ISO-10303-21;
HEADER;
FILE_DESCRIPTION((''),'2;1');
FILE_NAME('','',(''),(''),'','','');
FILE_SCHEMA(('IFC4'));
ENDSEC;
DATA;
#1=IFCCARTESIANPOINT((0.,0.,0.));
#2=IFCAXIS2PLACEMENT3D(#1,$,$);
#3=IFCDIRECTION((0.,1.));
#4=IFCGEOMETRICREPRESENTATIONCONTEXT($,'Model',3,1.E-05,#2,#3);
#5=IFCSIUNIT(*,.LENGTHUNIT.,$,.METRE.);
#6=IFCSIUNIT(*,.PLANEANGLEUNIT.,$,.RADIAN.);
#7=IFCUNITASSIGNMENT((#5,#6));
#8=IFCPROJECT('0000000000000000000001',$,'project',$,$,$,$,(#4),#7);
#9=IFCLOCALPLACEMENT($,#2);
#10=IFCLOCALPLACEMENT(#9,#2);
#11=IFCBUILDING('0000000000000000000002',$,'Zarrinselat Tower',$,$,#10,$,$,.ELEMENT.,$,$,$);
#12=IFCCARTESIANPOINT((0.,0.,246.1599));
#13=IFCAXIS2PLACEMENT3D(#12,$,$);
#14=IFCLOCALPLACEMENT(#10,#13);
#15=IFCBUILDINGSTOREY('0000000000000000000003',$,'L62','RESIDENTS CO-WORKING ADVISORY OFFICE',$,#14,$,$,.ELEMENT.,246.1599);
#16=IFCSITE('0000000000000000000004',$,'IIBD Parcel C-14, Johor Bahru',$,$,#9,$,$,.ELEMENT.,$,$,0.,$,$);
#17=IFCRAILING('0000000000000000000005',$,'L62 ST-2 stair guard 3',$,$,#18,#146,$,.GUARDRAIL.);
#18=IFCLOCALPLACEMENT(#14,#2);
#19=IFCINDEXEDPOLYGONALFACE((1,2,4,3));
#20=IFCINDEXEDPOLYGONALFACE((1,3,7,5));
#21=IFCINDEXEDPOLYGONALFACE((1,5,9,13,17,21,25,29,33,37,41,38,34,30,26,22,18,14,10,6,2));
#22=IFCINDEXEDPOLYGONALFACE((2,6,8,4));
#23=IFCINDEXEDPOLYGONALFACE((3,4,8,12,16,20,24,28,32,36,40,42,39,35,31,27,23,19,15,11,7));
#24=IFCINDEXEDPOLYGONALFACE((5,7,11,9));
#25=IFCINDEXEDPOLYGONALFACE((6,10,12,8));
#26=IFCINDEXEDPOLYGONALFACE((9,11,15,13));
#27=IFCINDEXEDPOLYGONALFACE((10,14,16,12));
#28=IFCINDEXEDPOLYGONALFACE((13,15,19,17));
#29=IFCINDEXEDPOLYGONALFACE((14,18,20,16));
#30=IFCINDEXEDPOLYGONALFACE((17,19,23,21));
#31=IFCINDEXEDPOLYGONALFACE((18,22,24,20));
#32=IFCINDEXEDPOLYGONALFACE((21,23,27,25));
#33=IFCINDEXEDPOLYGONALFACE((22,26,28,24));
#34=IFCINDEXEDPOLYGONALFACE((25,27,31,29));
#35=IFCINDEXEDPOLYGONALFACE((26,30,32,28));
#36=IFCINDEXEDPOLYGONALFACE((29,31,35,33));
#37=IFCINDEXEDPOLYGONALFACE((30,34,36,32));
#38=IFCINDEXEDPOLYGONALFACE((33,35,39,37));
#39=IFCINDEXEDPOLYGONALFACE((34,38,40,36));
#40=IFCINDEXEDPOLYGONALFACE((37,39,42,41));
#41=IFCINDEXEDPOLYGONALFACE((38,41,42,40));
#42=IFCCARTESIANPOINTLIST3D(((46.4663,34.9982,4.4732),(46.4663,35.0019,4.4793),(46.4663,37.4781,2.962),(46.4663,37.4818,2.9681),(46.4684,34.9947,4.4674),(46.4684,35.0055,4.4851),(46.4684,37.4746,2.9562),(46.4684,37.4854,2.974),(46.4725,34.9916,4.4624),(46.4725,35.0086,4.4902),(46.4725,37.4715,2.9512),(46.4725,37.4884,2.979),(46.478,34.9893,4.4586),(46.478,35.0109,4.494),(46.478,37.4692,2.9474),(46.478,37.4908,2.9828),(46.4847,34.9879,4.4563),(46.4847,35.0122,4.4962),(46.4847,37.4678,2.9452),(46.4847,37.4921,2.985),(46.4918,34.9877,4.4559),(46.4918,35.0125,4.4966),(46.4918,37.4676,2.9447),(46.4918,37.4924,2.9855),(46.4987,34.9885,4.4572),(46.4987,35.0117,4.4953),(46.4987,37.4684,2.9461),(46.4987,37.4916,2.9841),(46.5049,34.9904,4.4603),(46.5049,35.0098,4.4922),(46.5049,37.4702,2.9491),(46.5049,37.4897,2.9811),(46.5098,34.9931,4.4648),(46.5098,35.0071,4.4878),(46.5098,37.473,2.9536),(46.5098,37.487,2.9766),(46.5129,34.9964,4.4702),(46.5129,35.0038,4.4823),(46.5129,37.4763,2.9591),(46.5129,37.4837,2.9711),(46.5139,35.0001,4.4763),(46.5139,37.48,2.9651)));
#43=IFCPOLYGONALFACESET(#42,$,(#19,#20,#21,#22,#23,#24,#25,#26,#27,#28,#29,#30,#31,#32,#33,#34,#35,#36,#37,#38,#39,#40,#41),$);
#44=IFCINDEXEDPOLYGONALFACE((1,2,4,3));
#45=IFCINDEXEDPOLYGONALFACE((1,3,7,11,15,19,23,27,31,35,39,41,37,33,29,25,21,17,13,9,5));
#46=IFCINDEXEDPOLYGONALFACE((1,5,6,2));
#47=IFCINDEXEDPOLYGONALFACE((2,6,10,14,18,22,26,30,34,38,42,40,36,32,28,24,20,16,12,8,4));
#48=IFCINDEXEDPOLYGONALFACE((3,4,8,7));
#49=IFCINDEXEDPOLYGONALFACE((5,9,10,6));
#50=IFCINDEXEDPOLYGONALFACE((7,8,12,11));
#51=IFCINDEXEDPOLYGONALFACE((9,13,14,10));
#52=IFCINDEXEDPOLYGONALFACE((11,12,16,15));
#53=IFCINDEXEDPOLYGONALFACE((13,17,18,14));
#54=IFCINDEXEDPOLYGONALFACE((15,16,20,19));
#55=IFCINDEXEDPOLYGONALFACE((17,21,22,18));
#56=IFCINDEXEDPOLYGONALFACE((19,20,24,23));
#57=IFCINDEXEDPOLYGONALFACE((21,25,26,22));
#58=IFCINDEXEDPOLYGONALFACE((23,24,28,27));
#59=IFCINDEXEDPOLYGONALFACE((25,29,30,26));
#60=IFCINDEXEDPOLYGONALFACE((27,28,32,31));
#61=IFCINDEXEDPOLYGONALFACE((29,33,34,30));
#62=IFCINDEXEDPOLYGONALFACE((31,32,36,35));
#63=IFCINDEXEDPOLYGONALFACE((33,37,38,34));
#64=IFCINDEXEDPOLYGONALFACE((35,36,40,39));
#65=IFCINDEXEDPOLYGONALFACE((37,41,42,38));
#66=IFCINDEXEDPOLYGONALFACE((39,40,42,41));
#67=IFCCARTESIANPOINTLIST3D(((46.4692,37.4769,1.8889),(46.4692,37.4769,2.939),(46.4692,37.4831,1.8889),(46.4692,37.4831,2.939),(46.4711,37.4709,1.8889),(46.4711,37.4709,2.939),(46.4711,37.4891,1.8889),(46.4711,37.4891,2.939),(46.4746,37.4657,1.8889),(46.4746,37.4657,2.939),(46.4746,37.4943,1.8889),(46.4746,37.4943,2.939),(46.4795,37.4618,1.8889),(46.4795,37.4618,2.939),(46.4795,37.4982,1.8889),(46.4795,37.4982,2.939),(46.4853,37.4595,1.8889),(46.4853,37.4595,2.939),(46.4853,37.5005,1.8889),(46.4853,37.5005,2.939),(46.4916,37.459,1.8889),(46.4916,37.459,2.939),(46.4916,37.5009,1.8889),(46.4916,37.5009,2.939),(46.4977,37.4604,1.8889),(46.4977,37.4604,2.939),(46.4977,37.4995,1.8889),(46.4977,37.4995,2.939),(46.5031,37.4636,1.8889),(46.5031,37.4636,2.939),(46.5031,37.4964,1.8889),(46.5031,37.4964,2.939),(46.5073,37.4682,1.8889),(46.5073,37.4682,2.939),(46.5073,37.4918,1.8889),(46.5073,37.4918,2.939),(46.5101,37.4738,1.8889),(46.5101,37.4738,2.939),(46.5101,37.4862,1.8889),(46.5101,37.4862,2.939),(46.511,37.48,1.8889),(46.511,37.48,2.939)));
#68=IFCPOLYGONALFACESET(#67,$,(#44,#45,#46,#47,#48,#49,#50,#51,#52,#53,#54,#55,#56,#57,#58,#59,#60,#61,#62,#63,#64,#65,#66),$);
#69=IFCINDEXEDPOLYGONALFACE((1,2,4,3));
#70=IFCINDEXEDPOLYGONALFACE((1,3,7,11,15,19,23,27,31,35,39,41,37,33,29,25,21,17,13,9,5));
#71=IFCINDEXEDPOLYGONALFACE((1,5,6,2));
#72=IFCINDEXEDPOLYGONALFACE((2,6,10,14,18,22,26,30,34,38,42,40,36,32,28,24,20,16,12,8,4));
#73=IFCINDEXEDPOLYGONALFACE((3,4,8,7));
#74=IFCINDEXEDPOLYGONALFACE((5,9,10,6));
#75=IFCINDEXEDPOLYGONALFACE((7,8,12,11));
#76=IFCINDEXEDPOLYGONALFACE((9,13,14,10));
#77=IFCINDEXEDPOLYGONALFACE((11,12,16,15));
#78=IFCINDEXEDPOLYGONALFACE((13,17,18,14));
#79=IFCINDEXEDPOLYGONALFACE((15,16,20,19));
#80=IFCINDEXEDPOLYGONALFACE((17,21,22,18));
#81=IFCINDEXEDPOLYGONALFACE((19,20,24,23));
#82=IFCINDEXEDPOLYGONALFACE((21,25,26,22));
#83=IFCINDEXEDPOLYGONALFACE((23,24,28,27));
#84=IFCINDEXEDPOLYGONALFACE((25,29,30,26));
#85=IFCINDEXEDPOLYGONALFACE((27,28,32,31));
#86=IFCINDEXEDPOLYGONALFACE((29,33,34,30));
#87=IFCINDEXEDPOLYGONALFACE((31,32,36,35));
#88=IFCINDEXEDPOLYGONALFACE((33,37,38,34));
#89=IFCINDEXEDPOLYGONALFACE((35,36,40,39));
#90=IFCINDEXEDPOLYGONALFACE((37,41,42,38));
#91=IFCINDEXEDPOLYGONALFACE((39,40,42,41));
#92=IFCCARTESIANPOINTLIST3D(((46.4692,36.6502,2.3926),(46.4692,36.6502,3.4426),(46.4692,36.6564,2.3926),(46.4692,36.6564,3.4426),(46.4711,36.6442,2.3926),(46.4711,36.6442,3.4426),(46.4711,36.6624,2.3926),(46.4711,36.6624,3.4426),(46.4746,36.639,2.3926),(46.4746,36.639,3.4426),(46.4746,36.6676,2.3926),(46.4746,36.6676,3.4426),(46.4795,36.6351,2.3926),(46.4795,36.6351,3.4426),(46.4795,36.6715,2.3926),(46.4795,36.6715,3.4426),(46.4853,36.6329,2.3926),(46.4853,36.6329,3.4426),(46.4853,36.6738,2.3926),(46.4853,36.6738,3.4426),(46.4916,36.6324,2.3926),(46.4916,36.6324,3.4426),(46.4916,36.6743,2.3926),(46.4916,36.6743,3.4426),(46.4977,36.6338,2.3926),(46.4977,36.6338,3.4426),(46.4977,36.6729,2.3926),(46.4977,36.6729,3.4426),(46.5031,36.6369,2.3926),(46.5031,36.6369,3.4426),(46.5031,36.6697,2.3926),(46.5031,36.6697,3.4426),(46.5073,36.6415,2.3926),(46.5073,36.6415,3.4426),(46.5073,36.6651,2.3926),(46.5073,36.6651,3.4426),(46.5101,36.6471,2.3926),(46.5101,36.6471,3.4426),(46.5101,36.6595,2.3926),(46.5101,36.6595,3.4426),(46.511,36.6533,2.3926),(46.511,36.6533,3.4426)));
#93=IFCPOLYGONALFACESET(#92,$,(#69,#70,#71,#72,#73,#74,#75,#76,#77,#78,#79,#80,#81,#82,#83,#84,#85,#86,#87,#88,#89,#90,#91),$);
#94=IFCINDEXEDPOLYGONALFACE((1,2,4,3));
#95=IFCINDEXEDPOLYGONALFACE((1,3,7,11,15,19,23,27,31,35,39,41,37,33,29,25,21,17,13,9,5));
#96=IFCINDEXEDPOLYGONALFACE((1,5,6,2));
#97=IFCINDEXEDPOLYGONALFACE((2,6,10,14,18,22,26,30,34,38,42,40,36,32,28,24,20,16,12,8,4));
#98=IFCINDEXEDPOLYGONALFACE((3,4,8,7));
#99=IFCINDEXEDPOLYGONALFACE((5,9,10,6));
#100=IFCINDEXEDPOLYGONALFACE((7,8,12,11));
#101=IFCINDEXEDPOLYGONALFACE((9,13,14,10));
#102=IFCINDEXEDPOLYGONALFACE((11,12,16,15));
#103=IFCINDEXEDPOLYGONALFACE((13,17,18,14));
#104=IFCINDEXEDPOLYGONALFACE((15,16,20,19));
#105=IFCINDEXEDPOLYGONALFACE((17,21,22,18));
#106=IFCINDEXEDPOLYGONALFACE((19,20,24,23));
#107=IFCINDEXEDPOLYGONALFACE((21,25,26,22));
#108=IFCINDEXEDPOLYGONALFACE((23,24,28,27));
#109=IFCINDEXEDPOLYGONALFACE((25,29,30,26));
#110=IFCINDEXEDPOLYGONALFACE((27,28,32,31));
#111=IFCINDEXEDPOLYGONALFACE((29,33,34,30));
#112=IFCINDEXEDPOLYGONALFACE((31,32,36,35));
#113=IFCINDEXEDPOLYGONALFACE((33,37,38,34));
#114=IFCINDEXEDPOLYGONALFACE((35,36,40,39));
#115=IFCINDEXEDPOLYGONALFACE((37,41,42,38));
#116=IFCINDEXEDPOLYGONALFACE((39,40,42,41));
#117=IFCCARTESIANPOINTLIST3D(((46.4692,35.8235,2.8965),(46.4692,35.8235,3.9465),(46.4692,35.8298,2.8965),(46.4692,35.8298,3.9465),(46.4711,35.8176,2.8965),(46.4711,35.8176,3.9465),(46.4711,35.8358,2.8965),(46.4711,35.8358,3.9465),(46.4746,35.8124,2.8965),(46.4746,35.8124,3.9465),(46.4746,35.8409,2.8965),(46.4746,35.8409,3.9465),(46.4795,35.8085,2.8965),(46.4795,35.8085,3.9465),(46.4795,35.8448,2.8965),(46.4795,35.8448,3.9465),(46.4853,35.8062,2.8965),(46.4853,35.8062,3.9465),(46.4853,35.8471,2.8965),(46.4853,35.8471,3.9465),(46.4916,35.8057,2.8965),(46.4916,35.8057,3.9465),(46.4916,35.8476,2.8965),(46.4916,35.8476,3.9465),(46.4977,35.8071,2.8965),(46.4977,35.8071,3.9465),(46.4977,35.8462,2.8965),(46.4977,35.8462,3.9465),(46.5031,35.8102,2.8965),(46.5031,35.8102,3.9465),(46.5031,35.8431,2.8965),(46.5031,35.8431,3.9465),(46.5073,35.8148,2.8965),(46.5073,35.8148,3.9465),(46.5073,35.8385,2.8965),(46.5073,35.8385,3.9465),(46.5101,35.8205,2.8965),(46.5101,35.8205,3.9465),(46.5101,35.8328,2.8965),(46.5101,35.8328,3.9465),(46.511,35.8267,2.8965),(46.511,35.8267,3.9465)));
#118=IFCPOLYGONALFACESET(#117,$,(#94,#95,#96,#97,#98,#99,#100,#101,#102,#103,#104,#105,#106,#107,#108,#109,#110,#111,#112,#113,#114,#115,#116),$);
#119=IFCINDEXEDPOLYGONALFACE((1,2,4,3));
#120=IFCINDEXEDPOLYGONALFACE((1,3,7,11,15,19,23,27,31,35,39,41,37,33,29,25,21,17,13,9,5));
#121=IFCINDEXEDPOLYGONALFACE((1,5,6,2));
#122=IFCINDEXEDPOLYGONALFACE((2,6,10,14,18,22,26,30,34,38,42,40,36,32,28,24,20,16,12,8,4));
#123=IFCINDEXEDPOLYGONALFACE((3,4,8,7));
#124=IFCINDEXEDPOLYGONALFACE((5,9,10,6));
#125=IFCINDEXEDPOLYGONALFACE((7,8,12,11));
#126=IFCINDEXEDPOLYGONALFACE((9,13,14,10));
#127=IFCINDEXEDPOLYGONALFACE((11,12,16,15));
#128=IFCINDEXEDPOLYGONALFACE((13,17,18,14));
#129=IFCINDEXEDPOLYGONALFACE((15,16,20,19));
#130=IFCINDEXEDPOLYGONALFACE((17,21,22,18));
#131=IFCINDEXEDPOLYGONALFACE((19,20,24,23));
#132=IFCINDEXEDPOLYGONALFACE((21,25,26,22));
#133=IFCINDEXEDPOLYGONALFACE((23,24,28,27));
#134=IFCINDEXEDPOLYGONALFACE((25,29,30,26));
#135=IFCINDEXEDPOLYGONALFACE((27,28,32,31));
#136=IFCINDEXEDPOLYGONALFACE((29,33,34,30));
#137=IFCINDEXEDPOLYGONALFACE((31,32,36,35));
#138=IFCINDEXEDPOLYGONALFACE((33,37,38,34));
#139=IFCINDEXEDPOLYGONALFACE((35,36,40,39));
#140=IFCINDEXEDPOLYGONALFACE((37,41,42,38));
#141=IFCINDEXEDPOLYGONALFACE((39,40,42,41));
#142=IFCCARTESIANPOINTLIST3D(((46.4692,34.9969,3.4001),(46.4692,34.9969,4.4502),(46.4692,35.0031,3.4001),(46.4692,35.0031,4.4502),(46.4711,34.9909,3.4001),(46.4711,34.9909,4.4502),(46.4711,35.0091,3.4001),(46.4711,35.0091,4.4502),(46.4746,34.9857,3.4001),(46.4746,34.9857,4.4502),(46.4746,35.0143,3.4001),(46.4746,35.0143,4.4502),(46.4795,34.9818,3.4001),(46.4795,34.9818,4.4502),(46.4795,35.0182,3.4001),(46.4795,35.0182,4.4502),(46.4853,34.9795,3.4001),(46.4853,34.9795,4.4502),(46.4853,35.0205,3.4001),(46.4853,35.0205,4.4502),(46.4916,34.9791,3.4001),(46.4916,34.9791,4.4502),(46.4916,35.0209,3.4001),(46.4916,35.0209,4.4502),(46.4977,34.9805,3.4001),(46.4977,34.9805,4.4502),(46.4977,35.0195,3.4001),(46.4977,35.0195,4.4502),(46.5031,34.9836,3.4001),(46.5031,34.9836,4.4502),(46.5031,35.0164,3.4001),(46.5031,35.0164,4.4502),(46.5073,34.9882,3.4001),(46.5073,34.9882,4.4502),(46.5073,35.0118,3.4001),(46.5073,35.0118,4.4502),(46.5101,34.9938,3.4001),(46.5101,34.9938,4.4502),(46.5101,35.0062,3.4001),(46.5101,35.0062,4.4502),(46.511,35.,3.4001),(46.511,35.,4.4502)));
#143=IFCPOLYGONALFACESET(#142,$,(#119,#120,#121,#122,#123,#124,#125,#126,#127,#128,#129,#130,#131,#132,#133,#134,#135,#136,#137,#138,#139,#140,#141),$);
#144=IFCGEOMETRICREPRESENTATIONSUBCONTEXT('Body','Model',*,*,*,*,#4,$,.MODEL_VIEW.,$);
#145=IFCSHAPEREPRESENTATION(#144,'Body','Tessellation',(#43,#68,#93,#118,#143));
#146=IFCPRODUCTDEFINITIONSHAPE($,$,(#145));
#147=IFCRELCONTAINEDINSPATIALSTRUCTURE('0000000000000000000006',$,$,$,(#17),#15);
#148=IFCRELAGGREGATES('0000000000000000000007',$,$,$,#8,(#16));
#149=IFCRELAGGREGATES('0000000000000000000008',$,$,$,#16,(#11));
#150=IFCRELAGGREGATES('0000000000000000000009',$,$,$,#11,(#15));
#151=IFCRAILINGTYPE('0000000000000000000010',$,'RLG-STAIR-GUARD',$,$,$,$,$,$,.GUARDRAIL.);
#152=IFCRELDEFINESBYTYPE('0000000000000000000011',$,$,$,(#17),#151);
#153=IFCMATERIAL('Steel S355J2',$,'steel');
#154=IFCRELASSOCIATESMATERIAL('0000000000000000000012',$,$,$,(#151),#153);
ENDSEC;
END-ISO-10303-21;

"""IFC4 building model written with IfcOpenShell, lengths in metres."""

from ifc_helpers import new_model, si_unit, direction, frame, origin, origin_2d, place, context, subcontext, project, spatial, circle, extrude, material, type_object, element, save


model = new_model("IFC4")

# Units and contexts
model_context = context("Model", 3, precision=1e-05, world=origin(), true_north=direction((0.0, 1.0)))
body_context = subcontext(model_context, "Body", "Model", "MODEL_VIEW")
ifc_project = project(units=[si_unit("LENGTHUNIT", "METRE"), si_unit("PLANEANGLEUNIT", "RADIAN")], contexts=[model_context])

# Site, building, storey
site_placement = place(None, origin())
site = spatial("IfcSite", under=ifc_project, at=site_placement, Name="IIBD Parcel C-14, Johor Bahru", CompositionType="ELEMENT", RefElevation=0.0)
building_placement = place(site_placement, origin())
building = spatial("IfcBuilding", under=site, at=building_placement, Name="Zarrinselat Tower", CompositionType="ELEMENT")
storey_placement = place(building_placement, frame((0.0, 0.0, 246.1599)))
storey = spatial("IfcBuildingStorey", under=building, at=storey_placement, Name="L62", Description="RESIDENTS CO-WORKING ADVISORY OFFICE", CompositionType="ELEMENT", Elevation=246.1599)

# Railing
ifc_material_1 = material(Name="Steel S355J2", Category="steel")
railing_type_1 = type_object("IfcRailingType", Name="RLG-STAIR-GUARD", PredefinedType="GUARDRAIL", material=ifc_material_1)
railing_1_placement = place(storey_placement, frame((46.49, 37.48, 1.8889)))
element("IfcRailing", 1, at=railing_1_placement, inside=storey, type_object=railing_type_1, Name="L62 ST-2 stair guard 3", PredefinedType="GUARDRAIL", context=body_context, shape_type="SweptSolid", body=[
    extrude(circle(Radius=0.0239, at=origin_2d()), frame((0.0, 0.0, 1.0762), z_axis=(0.0, -0.853942, 0.520368), x_axis=(1.0, 0.0, 0.0)), (0.0, 0.0, 1.0), 2.9041),
    extrude(circle(Radius=0.021, at=origin_2d()), origin(), (0.0, 0.0, 1.0), 1.05),
    extrude(circle(Radius=0.021, at=origin_2d()), frame((0.0, -0.8267, 0.5037)), (0.0, 0.0, 1.0), 1.05),
    extrude(circle(Radius=0.021, at=origin_2d()), frame((0.0, -1.6533, 1.0076)), (0.0, 0.0, 1.0), 1.05),
    extrude(circle(Radius=0.021, at=origin_2d()), frame((0.0, -2.48, 1.5112)), (0.0, 0.0, 1.0), 1.05),
])

save(model, "model.ifc")
